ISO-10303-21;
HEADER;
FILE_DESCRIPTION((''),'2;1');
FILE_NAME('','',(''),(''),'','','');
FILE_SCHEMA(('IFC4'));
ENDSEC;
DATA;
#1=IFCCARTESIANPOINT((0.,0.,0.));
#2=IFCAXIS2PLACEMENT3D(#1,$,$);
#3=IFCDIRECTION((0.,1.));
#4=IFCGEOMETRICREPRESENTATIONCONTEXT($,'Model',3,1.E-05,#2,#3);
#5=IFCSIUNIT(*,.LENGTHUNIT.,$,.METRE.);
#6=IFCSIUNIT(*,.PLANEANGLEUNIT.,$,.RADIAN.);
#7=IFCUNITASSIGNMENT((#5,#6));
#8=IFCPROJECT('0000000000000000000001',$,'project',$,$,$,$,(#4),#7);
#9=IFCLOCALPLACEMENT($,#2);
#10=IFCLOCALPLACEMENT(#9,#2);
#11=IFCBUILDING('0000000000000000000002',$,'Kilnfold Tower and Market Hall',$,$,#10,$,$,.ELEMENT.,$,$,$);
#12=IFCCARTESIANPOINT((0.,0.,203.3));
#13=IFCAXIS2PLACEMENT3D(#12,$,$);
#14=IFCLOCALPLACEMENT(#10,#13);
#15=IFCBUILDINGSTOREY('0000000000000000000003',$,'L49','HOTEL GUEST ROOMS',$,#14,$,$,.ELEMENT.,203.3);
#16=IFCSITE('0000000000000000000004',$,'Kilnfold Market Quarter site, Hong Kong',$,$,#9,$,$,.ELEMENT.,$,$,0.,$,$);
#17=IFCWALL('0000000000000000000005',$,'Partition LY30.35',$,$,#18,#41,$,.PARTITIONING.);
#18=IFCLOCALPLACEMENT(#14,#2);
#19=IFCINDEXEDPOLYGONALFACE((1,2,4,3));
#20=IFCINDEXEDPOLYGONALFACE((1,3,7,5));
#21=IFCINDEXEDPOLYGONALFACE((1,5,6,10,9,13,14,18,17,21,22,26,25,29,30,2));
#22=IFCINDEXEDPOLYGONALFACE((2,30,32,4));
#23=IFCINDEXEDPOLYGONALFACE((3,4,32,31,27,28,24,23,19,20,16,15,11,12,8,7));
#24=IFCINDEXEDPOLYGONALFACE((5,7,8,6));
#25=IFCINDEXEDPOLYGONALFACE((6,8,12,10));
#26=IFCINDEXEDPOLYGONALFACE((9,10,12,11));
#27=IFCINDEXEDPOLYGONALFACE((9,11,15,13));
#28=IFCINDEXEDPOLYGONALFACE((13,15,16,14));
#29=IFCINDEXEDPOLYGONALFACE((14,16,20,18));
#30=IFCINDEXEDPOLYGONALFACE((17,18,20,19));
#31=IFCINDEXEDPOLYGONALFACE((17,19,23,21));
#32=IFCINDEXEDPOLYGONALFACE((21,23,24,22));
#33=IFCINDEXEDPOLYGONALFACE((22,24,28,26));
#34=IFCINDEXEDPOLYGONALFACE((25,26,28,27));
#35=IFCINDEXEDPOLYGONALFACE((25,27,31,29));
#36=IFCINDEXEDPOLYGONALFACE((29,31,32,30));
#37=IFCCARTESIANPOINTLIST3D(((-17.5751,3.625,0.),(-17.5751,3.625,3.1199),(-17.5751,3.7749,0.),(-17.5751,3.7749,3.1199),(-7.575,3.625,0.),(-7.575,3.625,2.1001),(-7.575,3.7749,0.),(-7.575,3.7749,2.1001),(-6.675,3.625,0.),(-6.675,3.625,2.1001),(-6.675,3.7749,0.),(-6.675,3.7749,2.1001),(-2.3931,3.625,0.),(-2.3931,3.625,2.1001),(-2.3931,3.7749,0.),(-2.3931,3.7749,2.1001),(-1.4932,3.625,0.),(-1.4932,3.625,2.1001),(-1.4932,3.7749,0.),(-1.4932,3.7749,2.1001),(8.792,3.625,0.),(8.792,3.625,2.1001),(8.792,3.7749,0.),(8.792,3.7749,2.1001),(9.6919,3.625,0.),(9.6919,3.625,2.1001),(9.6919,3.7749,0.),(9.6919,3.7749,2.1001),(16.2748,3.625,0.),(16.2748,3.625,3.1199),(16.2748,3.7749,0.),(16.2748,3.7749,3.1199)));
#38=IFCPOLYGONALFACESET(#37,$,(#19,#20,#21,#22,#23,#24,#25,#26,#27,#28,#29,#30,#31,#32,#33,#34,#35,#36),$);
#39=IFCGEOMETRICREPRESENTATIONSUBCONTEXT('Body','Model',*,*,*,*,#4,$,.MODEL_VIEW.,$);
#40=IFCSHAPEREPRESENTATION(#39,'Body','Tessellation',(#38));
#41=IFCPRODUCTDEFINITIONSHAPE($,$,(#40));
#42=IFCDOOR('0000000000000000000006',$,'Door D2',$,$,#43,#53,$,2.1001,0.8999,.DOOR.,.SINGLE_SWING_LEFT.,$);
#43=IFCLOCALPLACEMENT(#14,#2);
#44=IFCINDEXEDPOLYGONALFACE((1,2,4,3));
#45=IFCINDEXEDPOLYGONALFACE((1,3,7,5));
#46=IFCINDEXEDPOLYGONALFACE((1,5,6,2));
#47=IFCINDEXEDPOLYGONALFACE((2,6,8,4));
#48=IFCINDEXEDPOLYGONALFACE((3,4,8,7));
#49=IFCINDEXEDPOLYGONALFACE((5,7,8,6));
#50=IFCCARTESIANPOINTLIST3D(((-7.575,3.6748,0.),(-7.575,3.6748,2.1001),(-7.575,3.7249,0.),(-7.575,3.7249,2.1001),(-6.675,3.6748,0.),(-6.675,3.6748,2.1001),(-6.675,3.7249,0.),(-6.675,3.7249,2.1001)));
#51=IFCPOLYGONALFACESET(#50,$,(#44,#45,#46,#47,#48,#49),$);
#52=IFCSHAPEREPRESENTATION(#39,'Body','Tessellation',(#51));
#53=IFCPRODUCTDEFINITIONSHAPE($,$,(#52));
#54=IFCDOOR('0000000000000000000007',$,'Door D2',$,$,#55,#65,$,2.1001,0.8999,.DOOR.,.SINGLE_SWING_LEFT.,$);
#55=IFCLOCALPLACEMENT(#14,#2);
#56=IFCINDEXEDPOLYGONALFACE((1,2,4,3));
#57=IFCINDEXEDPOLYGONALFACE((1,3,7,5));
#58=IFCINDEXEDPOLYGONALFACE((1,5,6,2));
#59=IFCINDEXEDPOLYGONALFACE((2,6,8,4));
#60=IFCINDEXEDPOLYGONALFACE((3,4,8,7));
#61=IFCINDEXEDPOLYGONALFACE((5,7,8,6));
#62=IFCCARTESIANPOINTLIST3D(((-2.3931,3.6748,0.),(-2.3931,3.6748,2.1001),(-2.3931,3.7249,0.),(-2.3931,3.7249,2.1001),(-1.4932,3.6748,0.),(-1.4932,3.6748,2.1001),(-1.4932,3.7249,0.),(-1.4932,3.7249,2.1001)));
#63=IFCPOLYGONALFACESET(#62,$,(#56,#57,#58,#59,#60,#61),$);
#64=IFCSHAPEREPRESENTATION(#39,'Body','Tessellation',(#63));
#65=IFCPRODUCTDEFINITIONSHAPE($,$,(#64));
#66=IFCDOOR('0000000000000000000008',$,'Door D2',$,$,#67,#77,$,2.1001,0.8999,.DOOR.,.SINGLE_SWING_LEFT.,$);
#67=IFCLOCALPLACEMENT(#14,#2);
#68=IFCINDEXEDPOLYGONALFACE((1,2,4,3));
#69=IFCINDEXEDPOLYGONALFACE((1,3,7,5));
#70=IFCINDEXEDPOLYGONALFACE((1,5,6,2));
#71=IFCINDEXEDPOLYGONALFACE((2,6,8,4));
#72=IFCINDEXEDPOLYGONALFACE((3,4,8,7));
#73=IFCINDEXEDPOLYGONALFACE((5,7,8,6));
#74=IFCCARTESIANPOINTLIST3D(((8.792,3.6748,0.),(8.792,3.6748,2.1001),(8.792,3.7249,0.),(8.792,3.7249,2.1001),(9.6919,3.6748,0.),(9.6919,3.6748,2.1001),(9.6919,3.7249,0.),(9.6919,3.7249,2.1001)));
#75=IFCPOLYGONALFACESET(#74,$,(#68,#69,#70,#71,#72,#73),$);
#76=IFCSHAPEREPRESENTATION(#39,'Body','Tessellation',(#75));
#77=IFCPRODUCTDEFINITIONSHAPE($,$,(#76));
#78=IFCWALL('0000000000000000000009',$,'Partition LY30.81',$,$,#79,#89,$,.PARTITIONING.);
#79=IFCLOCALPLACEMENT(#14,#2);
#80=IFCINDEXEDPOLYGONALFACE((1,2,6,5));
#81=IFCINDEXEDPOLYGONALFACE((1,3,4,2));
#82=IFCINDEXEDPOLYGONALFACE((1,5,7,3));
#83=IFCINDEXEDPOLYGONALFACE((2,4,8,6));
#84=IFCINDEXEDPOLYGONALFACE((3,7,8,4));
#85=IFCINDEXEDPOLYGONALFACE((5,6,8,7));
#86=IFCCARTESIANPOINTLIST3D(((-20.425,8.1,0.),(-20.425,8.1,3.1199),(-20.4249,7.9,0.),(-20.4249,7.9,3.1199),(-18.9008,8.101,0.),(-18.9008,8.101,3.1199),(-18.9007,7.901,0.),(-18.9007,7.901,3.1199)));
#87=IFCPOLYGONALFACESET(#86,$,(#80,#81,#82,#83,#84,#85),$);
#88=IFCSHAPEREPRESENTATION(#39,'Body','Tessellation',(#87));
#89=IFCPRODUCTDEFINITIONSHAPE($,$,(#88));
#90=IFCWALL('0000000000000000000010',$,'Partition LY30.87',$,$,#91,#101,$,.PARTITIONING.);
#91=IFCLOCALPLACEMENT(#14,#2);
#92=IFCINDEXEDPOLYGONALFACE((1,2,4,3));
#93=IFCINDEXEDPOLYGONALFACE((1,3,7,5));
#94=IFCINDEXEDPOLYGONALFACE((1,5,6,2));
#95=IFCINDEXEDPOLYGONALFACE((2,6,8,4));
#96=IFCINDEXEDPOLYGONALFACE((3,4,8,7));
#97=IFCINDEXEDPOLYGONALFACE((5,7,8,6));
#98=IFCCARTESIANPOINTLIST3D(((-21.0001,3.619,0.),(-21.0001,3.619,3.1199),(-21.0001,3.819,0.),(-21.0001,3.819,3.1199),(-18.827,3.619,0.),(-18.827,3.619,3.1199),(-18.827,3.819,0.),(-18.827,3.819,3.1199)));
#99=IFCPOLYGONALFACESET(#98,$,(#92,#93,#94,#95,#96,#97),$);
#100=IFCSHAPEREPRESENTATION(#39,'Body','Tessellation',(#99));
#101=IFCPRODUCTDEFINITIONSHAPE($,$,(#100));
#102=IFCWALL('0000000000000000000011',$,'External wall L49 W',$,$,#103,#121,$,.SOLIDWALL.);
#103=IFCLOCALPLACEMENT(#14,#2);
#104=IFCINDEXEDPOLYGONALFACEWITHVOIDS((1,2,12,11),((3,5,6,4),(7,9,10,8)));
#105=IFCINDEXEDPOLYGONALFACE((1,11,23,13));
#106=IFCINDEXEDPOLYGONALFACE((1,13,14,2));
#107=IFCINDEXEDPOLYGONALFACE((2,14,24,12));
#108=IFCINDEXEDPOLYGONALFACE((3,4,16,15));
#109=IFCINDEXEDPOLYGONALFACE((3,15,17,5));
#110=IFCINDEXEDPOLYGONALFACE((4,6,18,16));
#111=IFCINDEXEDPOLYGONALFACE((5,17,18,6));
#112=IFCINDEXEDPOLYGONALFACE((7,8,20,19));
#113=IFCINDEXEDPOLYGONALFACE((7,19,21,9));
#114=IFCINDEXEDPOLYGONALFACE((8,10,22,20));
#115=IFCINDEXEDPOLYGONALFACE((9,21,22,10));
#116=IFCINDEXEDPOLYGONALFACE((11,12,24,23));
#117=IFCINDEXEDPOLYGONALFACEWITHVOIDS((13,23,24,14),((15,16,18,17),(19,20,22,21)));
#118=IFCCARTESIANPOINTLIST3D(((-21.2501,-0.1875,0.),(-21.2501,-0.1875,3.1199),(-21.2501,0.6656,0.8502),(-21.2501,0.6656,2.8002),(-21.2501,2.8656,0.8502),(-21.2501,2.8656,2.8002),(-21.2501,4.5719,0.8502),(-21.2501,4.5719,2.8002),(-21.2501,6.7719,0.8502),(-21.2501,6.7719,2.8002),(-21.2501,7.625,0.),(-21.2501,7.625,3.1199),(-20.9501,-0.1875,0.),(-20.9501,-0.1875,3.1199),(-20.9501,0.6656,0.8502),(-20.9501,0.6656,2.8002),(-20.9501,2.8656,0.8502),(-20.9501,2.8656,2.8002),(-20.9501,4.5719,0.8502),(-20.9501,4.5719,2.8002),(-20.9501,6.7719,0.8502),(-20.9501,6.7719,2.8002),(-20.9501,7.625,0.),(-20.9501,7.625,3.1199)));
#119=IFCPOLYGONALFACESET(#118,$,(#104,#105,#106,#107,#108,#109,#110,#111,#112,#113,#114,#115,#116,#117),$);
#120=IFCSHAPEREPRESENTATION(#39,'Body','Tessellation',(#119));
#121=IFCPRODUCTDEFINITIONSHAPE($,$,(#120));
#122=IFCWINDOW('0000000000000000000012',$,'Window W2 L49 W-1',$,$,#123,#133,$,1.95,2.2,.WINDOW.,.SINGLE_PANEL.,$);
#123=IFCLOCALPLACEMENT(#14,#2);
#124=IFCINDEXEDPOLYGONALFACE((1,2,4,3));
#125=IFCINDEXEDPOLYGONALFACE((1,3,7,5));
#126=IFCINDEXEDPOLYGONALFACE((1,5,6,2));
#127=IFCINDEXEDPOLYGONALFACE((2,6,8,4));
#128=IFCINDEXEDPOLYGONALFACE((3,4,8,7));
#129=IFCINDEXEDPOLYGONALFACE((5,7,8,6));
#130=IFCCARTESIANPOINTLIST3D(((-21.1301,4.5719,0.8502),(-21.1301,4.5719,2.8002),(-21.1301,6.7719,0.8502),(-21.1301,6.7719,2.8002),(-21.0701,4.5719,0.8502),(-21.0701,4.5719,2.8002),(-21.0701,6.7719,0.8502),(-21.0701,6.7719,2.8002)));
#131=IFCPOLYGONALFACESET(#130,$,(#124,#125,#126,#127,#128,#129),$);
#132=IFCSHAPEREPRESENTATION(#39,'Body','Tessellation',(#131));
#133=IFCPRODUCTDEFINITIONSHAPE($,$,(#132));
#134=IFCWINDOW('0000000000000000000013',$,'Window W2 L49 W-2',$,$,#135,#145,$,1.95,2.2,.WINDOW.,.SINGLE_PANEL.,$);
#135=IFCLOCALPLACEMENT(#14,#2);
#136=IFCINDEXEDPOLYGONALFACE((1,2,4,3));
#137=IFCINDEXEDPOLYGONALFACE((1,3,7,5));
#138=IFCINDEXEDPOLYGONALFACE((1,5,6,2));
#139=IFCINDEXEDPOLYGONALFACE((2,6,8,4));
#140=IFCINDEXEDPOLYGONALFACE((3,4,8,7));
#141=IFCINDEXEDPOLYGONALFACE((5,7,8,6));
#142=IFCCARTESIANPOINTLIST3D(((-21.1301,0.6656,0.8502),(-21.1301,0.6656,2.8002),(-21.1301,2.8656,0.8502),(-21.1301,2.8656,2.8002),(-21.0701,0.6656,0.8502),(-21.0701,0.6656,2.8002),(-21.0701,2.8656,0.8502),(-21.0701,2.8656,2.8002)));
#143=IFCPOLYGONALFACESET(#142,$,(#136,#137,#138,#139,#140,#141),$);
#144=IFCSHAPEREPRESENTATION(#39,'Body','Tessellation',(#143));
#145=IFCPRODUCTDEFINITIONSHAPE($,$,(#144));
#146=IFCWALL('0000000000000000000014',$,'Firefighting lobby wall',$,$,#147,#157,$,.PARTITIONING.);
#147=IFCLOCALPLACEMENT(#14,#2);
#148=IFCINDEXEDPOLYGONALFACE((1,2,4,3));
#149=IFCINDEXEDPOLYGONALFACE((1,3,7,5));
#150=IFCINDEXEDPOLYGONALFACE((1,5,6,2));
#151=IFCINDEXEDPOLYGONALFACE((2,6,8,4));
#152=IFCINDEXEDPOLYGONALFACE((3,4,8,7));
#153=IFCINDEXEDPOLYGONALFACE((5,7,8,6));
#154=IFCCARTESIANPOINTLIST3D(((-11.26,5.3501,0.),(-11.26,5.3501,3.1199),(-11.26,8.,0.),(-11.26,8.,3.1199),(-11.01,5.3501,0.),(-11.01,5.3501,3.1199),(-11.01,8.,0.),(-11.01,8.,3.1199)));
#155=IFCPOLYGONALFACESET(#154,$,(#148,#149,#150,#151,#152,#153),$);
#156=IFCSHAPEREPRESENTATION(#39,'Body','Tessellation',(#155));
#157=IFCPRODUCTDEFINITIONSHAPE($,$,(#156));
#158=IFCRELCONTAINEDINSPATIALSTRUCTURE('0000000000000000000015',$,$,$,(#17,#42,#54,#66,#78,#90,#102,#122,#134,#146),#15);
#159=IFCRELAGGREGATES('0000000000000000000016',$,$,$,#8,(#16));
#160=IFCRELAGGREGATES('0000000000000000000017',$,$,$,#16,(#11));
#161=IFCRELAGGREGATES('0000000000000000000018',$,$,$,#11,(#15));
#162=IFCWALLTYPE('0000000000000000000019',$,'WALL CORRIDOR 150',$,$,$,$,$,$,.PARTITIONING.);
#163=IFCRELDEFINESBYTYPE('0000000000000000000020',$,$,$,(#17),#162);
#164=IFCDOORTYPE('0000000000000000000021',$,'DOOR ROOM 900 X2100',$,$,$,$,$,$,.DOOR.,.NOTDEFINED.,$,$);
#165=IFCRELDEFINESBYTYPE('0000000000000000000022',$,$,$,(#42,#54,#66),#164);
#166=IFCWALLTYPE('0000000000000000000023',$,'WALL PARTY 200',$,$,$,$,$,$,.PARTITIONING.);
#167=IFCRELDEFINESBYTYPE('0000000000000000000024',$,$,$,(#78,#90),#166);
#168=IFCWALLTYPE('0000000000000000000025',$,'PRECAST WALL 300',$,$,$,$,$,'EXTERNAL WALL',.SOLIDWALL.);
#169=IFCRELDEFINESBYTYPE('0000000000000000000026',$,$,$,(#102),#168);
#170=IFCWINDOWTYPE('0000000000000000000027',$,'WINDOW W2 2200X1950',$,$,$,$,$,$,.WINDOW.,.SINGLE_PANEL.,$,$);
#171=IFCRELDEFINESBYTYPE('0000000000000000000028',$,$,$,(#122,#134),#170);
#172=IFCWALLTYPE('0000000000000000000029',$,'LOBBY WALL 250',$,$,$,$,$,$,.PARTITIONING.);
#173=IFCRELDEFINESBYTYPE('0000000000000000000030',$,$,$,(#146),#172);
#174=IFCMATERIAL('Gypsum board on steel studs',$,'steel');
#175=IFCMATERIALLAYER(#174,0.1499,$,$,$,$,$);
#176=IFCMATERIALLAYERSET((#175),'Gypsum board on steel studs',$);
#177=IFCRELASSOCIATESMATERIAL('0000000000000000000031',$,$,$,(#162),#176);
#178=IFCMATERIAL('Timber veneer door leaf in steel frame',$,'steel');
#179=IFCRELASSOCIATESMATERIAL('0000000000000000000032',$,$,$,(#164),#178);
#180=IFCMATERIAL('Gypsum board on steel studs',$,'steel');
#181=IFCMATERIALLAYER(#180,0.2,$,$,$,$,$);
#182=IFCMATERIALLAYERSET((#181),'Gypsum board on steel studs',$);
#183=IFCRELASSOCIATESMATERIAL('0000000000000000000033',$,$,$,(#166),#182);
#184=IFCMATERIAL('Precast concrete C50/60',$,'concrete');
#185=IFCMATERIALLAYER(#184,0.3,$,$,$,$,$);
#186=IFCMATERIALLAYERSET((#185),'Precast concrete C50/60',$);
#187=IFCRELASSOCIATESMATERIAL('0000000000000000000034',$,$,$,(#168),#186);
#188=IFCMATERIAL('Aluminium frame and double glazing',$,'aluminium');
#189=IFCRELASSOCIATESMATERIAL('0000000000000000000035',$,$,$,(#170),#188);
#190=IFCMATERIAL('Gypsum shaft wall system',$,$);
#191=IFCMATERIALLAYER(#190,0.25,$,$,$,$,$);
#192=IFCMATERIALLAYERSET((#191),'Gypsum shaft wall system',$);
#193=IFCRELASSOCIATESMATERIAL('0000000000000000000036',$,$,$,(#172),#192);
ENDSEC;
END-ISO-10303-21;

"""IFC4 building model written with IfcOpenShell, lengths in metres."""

from ifc_helpers import new_model, si_unit, direction, frame, frame_2d, origin, place, context, subcontext, project, spatial, rectangle, extrude, source, transform, mapped, material, layer, layer_set, type_object, element, fill, save


model = new_model("IFC4")

# Units and contexts
model_context = context("Model", 3, precision=1e-05, world=origin(), true_north=direction((0.0, 1.0)))
body_context = subcontext(model_context, "Body", "Model", "MODEL_VIEW")
ifc_project = project(units=[si_unit("LENGTHUNIT", "METRE"), si_unit("PLANEANGLEUNIT", "RADIAN")], contexts=[model_context])

# Site, building, storey
site_placement = place(None, origin())
site = spatial("IfcSite", under=ifc_project, at=site_placement, Name="Kilnfold Market Quarter site, Hong Kong", CompositionType="ELEMENT", RefElevation=0.0)
building_placement = place(site_placement, origin())
building = spatial("IfcBuilding", under=site, at=building_placement, Name="Kilnfold Tower and Market Hall", CompositionType="ELEMENT")
storey_placement = place(building_placement, frame((0.0, 0.0, 203.3)))
storey = spatial("IfcBuildingStorey", under=building, at=storey_placement, Name="L49", Description="HOTEL GUEST ROOMS", CompositionType="ELEMENT", Elevation=203.3)

# Shared definitions
ifc_material_1 = material(Name="Gypsum board on steel studs", Category="steel")
ifc_layer_1 = layer(ifc_material_1, 0.1499)
ifc_layer_set_1 = layer_set([ifc_layer_1], Name="Gypsum board on steel studs")
wall_type_1 = type_object("IfcWallType", Name="WALL CORRIDOR 150", PredefinedType="PARTITIONING", material=ifc_layer_set_1)

# Wall, openings, doors
wall_1_placement = place(storey_placement, frame((-17.575, 3.7, 0.0), z_axis=(0.0, 0.0, 1.0), x_axis=(1.0, 0.0, 0.0)))
wall_1 = element("IfcWall", 1, at=wall_1_placement, inside=storey, type_object=wall_type_1, Name="Partition LY30.35", PredefinedType="PARTITIONING", context=body_context, shape_type="SweptSolid", body=[
    extrude(rectangle(XDim=33.8499, YDim=0.1499, at=frame_2d((16.9248, 0.0))), origin(), (0.0, 0.0, 1.0), 3.1199),
])
opening_1_placement = place(wall_1_placement, frame((10.0, 0.0, 0.0)))
opening_1 = element("IfcOpeningElement", 2, at=opening_1_placement, cuts=wall_1, PredefinedType="OPENING", context=body_context, shape_type="SweptSolid", body=[
    extrude(rectangle(XDim=0.8999, YDim=2.1001, at=frame_2d((0.45, 1.05))), frame((0.0, 0.085, 0.0), z_axis=(0.0, -1.0, 0.0), x_axis=(1.0, 0.0, 0.0)), (0.0, 0.0, 1.0), 0.1699),
])
opening_2_placement = place(wall_1_placement, frame((15.1819, 0.0, 0.0)))
opening_2 = element("IfcOpeningElement", 3, at=opening_2_placement, cuts=wall_1, PredefinedType="OPENING", context=body_context, shape_type="SweptSolid", body=[
    extrude(rectangle(XDim=0.8999, YDim=2.1001, at=frame_2d((0.45, 1.05))), frame((0.0, 0.085, 0.0), z_axis=(0.0, -1.0, 0.0), x_axis=(1.0, 0.0, 0.0)), (0.0, 0.0, 1.0), 0.1699),
])
opening_3_placement = place(wall_1_placement, frame((26.3669, 0.0, 0.0)))
opening_3 = element("IfcOpeningElement", 4, at=opening_3_placement, cuts=wall_1, PredefinedType="OPENING", context=body_context, shape_type="SweptSolid", body=[
    extrude(rectangle(XDim=0.8999, YDim=2.1001, at=frame_2d((0.45, 1.05))), frame((0.0, 0.085, 0.0), z_axis=(0.0, -1.0, 0.0), x_axis=(1.0, 0.0, 0.0)), (0.0, 0.0, 1.0), 0.1699),
])
ifc_material_2 = material(Name="Timber veneer door leaf in steel frame", Category="steel")
door_type_1 = type_object("IfcDoorType", Name="DOOR ROOM 900 X2100", OperationType="NOTDEFINED", PredefinedType="DOOR", material=ifc_material_2)
door_1_placement = place(opening_1_placement, origin())
door_1 = element("IfcDoor", 5, at=door_1_placement, inside=storey, type_object=door_type_1, Name="Door D2", OperationType="SINGLE_SWING_LEFT", OverallHeight=2.1001, OverallWidth=0.8999, PredefinedType="DOOR", context=body_context, shape_type="SweptSolid", body=[
    extrude(rectangle(XDim=0.8999, YDim=2.1001, at=frame_2d((0.45, 1.05))), frame((0.0, 0.0249, 0.0), z_axis=(0.0, -1.0, 0.0), x_axis=(1.0, 0.0, 0.0)), (0.0, 0.0, 1.0), 0.05),
])
fill(opening_1, door_1)
door_2_placement = place(opening_2_placement, origin())
door_2 = element("IfcDoor", 6, at=door_2_placement, inside=storey, type_object=door_type_1, Name="Door D2", OperationType="SINGLE_SWING_LEFT", OverallHeight=2.1001, OverallWidth=0.8999, PredefinedType="DOOR", context=body_context, shape_type="SweptSolid", body=[
    extrude(rectangle(XDim=0.8999, YDim=2.1001, at=frame_2d((0.45, 1.05))), frame((0.0, 0.0249, 0.0), z_axis=(0.0, -1.0, 0.0), x_axis=(1.0, 0.0, 0.0)), (0.0, 0.0, 1.0), 0.05),
])
fill(opening_2, door_2)
door_3_placement = place(opening_3_placement, origin())
door_3 = element("IfcDoor", 7, at=door_3_placement, inside=storey, type_object=door_type_1, Name="Door D2", OperationType="SINGLE_SWING_LEFT", OverallHeight=2.1001, OverallWidth=0.8999, PredefinedType="DOOR", context=body_context, shape_type="SweptSolid", body=[
    extrude(rectangle(XDim=0.8999, YDim=2.1001, at=frame_2d((0.45, 1.05))), frame((0.0, 0.0249, 0.0), z_axis=(0.0, -1.0, 0.0), x_axis=(1.0, 0.0, 0.0)), (0.0, 0.0, 1.0), 0.05),
])
fill(opening_3, door_3)

# Walls
ifc_material_3 = material(Name="Gypsum board on steel studs", Category="steel")
ifc_layer_2 = layer(ifc_material_3, 0.2)
ifc_layer_set_2 = layer_set([ifc_layer_2], Name="Gypsum board on steel studs")
wall_type_2 = type_object("IfcWallType", Name="WALL PARTY 200", PredefinedType="PARTITIONING", material=ifc_layer_set_2)
wall_2_placement = place(storey_placement, frame((-20.425, 8.0, 0.0), z_axis=(0.0, 0.0, 1.0), x_axis=(1.0, 0.000641, 0.0)))
element("IfcWall", 8, at=wall_2_placement, inside=storey, type_object=wall_type_2, Name="Partition LY30.81", PredefinedType="PARTITIONING", context=body_context, shape_type="SweptSolid", body=[
    extrude(rectangle(XDim=1.5242, YDim=0.2, at=frame_2d((0.7622, 0.0))), origin(), (0.0, 0.0, 1.0), 3.1199),
])
wall_3_placement = place(storey_placement, frame((-21.0, 3.719, 0.0), z_axis=(0.0, 0.0, 1.0), x_axis=(1.0, 0.0, 0.0)))
element("IfcWall", 9, at=wall_3_placement, inside=storey, type_object=wall_type_2, Name="Partition LY30.87", PredefinedType="PARTITIONING", context=body_context, shape_type="SweptSolid", body=[
    extrude(rectangle(XDim=2.1731, YDim=0.2, at=frame_2d((1.0864, 0.0))), origin(), (0.0, 0.0, 1.0), 3.1199),
])

# Wall, openings, windows
ifc_material_4 = material(Name="Precast concrete C50/60", Category="concrete")
ifc_layer_3 = layer(ifc_material_4, 0.3)
ifc_layer_set_3 = layer_set([ifc_layer_3], Name="Precast concrete C50/60")
wall_type_3 = type_object("IfcWallType", Name="PRECAST WALL 300", ElementType="EXTERNAL WALL", PredefinedType="SOLIDWALL", material=ifc_layer_set_3)
shared_shape_1 = source(origin(), body_context, "Body", "SweptSolid", [
    extrude(rectangle(XDim=7.8125, YDim=0.3, at=frame_2d((3.9062, 0.0))), origin(), (0.0, 0.0, 1.0), 3.1199),
])
wall_4_placement = place(storey_placement, frame((-21.1001, 7.625, 0.0), z_axis=(0.0, 0.0, 1.0), x_axis=(0.0, -1.0, 0.0)))
wall_4 = element("IfcWall", 10, at=wall_4_placement, inside=storey, type_object=wall_type_3, Name="External wall L49 W", PredefinedType="SOLIDWALL", context=body_context, shape_type="MappedRepresentation", body=[
    mapped(shared_shape_1, transform((0.0, 0.0, 0.0))),
])
opening_4_placement = place(wall_4_placement, frame((0.853, 0.0, 0.8501)))
opening_4 = element("IfcOpeningElement", 11, at=opening_4_placement, cuts=wall_4, PredefinedType="OPENING", context=body_context, shape_type="SweptSolid", body=[
    extrude(rectangle(XDim=2.2, YDim=1.95, at=frame_2d((1.1001, 0.9751))), frame((0.0, 0.1602, 0.0), z_axis=(0.0, -1.0, 0.0), x_axis=(1.0, 0.0, 0.0)), (0.0, 0.0, 1.0), 0.3201),
])
opening_5_placement = place(wall_4_placement, frame((4.7593, 0.0, 0.8501)))
opening_5 = element("IfcOpeningElement", 12, at=opening_5_placement, cuts=wall_4, PredefinedType="OPENING", context=body_context, shape_type="SweptSolid", body=[
    extrude(rectangle(XDim=2.2, YDim=1.95, at=frame_2d((1.1001, 0.9751))), frame((0.0, 0.1602, 0.0), z_axis=(0.0, -1.0, 0.0), x_axis=(1.0, 0.0, 0.0)), (0.0, 0.0, 1.0), 0.3201),
])
ifc_material_5 = material(Name="Aluminium frame and double glazing", Category="aluminium")
window_type = type_object("IfcWindowType", Name="WINDOW W2 2200X1950", PartitioningType="SINGLE_PANEL", PredefinedType="WINDOW", material=ifc_material_5)
window_1_placement = place(opening_4_placement, origin())
window_1 = element("IfcWindow", 13, at=window_1_placement, inside=storey, type_object=window_type, Name="Window W2 L49 W-1", OverallHeight=1.95, OverallWidth=2.2, PartitioningType="SINGLE_PANEL", PredefinedType="WINDOW", context=body_context, shape_type="SweptSolid", body=[
    extrude(rectangle(XDim=2.2, YDim=1.95, at=frame_2d((1.1001, 0.9751))), frame((0.0, 0.03, 0.0), z_axis=(0.0, -1.0, 0.0), x_axis=(1.0, 0.0, 0.0)), (0.0, 0.0, 1.0), 0.0601),
])
fill(opening_4, window_1)
window_2_placement = place(opening_5_placement, origin())
window_2 = element("IfcWindow", 14, at=window_2_placement, inside=storey, type_object=window_type, Name="Window W2 L49 W-2", OverallHeight=1.95, OverallWidth=2.2, PartitioningType="SINGLE_PANEL", PredefinedType="WINDOW", context=body_context, shape_type="SweptSolid", body=[
    extrude(rectangle(XDim=2.2, YDim=1.95, at=frame_2d((1.1001, 0.9751))), frame((0.0, 0.03, 0.0), z_axis=(0.0, -1.0, 0.0), x_axis=(1.0, 0.0, 0.0)), (0.0, 0.0, 1.0), 0.0601),
])
fill(opening_5, window_2)

# Wall
ifc_material_6 = material(Name="Gypsum shaft wall system")
ifc_layer_4 = layer(ifc_material_6, 0.25)
ifc_layer_set_4 = layer_set([ifc_layer_4], Name="Gypsum shaft wall system")
wall_type_4 = type_object("IfcWallType", Name="LOBBY WALL 250", PredefinedType="PARTITIONING", material=ifc_layer_set_4)
shared_shape_2 = source(origin(), body_context, "Body", "SweptSolid", [
    extrude(rectangle(XDim=2.6499, YDim=0.25, at=frame_2d((1.325, 0.0))), origin(), (0.0, 0.0, 1.0), 3.1199),
])
wall_5_placement = place(storey_placement, frame((-11.135, 5.3501, 0.0), z_axis=(0.0, 0.0, 1.0), x_axis=(0.0, 1.0, 0.0)))
element("IfcWall", 15, at=wall_5_placement, inside=storey, type_object=wall_type_4, Name="Firefighting lobby wall", PredefinedType="PARTITIONING", context=body_context, shape_type="MappedRepresentation", body=[
    mapped(shared_shape_2, transform((0.0, 0.0, 0.0))),
])

save(model, "model.ifc")
